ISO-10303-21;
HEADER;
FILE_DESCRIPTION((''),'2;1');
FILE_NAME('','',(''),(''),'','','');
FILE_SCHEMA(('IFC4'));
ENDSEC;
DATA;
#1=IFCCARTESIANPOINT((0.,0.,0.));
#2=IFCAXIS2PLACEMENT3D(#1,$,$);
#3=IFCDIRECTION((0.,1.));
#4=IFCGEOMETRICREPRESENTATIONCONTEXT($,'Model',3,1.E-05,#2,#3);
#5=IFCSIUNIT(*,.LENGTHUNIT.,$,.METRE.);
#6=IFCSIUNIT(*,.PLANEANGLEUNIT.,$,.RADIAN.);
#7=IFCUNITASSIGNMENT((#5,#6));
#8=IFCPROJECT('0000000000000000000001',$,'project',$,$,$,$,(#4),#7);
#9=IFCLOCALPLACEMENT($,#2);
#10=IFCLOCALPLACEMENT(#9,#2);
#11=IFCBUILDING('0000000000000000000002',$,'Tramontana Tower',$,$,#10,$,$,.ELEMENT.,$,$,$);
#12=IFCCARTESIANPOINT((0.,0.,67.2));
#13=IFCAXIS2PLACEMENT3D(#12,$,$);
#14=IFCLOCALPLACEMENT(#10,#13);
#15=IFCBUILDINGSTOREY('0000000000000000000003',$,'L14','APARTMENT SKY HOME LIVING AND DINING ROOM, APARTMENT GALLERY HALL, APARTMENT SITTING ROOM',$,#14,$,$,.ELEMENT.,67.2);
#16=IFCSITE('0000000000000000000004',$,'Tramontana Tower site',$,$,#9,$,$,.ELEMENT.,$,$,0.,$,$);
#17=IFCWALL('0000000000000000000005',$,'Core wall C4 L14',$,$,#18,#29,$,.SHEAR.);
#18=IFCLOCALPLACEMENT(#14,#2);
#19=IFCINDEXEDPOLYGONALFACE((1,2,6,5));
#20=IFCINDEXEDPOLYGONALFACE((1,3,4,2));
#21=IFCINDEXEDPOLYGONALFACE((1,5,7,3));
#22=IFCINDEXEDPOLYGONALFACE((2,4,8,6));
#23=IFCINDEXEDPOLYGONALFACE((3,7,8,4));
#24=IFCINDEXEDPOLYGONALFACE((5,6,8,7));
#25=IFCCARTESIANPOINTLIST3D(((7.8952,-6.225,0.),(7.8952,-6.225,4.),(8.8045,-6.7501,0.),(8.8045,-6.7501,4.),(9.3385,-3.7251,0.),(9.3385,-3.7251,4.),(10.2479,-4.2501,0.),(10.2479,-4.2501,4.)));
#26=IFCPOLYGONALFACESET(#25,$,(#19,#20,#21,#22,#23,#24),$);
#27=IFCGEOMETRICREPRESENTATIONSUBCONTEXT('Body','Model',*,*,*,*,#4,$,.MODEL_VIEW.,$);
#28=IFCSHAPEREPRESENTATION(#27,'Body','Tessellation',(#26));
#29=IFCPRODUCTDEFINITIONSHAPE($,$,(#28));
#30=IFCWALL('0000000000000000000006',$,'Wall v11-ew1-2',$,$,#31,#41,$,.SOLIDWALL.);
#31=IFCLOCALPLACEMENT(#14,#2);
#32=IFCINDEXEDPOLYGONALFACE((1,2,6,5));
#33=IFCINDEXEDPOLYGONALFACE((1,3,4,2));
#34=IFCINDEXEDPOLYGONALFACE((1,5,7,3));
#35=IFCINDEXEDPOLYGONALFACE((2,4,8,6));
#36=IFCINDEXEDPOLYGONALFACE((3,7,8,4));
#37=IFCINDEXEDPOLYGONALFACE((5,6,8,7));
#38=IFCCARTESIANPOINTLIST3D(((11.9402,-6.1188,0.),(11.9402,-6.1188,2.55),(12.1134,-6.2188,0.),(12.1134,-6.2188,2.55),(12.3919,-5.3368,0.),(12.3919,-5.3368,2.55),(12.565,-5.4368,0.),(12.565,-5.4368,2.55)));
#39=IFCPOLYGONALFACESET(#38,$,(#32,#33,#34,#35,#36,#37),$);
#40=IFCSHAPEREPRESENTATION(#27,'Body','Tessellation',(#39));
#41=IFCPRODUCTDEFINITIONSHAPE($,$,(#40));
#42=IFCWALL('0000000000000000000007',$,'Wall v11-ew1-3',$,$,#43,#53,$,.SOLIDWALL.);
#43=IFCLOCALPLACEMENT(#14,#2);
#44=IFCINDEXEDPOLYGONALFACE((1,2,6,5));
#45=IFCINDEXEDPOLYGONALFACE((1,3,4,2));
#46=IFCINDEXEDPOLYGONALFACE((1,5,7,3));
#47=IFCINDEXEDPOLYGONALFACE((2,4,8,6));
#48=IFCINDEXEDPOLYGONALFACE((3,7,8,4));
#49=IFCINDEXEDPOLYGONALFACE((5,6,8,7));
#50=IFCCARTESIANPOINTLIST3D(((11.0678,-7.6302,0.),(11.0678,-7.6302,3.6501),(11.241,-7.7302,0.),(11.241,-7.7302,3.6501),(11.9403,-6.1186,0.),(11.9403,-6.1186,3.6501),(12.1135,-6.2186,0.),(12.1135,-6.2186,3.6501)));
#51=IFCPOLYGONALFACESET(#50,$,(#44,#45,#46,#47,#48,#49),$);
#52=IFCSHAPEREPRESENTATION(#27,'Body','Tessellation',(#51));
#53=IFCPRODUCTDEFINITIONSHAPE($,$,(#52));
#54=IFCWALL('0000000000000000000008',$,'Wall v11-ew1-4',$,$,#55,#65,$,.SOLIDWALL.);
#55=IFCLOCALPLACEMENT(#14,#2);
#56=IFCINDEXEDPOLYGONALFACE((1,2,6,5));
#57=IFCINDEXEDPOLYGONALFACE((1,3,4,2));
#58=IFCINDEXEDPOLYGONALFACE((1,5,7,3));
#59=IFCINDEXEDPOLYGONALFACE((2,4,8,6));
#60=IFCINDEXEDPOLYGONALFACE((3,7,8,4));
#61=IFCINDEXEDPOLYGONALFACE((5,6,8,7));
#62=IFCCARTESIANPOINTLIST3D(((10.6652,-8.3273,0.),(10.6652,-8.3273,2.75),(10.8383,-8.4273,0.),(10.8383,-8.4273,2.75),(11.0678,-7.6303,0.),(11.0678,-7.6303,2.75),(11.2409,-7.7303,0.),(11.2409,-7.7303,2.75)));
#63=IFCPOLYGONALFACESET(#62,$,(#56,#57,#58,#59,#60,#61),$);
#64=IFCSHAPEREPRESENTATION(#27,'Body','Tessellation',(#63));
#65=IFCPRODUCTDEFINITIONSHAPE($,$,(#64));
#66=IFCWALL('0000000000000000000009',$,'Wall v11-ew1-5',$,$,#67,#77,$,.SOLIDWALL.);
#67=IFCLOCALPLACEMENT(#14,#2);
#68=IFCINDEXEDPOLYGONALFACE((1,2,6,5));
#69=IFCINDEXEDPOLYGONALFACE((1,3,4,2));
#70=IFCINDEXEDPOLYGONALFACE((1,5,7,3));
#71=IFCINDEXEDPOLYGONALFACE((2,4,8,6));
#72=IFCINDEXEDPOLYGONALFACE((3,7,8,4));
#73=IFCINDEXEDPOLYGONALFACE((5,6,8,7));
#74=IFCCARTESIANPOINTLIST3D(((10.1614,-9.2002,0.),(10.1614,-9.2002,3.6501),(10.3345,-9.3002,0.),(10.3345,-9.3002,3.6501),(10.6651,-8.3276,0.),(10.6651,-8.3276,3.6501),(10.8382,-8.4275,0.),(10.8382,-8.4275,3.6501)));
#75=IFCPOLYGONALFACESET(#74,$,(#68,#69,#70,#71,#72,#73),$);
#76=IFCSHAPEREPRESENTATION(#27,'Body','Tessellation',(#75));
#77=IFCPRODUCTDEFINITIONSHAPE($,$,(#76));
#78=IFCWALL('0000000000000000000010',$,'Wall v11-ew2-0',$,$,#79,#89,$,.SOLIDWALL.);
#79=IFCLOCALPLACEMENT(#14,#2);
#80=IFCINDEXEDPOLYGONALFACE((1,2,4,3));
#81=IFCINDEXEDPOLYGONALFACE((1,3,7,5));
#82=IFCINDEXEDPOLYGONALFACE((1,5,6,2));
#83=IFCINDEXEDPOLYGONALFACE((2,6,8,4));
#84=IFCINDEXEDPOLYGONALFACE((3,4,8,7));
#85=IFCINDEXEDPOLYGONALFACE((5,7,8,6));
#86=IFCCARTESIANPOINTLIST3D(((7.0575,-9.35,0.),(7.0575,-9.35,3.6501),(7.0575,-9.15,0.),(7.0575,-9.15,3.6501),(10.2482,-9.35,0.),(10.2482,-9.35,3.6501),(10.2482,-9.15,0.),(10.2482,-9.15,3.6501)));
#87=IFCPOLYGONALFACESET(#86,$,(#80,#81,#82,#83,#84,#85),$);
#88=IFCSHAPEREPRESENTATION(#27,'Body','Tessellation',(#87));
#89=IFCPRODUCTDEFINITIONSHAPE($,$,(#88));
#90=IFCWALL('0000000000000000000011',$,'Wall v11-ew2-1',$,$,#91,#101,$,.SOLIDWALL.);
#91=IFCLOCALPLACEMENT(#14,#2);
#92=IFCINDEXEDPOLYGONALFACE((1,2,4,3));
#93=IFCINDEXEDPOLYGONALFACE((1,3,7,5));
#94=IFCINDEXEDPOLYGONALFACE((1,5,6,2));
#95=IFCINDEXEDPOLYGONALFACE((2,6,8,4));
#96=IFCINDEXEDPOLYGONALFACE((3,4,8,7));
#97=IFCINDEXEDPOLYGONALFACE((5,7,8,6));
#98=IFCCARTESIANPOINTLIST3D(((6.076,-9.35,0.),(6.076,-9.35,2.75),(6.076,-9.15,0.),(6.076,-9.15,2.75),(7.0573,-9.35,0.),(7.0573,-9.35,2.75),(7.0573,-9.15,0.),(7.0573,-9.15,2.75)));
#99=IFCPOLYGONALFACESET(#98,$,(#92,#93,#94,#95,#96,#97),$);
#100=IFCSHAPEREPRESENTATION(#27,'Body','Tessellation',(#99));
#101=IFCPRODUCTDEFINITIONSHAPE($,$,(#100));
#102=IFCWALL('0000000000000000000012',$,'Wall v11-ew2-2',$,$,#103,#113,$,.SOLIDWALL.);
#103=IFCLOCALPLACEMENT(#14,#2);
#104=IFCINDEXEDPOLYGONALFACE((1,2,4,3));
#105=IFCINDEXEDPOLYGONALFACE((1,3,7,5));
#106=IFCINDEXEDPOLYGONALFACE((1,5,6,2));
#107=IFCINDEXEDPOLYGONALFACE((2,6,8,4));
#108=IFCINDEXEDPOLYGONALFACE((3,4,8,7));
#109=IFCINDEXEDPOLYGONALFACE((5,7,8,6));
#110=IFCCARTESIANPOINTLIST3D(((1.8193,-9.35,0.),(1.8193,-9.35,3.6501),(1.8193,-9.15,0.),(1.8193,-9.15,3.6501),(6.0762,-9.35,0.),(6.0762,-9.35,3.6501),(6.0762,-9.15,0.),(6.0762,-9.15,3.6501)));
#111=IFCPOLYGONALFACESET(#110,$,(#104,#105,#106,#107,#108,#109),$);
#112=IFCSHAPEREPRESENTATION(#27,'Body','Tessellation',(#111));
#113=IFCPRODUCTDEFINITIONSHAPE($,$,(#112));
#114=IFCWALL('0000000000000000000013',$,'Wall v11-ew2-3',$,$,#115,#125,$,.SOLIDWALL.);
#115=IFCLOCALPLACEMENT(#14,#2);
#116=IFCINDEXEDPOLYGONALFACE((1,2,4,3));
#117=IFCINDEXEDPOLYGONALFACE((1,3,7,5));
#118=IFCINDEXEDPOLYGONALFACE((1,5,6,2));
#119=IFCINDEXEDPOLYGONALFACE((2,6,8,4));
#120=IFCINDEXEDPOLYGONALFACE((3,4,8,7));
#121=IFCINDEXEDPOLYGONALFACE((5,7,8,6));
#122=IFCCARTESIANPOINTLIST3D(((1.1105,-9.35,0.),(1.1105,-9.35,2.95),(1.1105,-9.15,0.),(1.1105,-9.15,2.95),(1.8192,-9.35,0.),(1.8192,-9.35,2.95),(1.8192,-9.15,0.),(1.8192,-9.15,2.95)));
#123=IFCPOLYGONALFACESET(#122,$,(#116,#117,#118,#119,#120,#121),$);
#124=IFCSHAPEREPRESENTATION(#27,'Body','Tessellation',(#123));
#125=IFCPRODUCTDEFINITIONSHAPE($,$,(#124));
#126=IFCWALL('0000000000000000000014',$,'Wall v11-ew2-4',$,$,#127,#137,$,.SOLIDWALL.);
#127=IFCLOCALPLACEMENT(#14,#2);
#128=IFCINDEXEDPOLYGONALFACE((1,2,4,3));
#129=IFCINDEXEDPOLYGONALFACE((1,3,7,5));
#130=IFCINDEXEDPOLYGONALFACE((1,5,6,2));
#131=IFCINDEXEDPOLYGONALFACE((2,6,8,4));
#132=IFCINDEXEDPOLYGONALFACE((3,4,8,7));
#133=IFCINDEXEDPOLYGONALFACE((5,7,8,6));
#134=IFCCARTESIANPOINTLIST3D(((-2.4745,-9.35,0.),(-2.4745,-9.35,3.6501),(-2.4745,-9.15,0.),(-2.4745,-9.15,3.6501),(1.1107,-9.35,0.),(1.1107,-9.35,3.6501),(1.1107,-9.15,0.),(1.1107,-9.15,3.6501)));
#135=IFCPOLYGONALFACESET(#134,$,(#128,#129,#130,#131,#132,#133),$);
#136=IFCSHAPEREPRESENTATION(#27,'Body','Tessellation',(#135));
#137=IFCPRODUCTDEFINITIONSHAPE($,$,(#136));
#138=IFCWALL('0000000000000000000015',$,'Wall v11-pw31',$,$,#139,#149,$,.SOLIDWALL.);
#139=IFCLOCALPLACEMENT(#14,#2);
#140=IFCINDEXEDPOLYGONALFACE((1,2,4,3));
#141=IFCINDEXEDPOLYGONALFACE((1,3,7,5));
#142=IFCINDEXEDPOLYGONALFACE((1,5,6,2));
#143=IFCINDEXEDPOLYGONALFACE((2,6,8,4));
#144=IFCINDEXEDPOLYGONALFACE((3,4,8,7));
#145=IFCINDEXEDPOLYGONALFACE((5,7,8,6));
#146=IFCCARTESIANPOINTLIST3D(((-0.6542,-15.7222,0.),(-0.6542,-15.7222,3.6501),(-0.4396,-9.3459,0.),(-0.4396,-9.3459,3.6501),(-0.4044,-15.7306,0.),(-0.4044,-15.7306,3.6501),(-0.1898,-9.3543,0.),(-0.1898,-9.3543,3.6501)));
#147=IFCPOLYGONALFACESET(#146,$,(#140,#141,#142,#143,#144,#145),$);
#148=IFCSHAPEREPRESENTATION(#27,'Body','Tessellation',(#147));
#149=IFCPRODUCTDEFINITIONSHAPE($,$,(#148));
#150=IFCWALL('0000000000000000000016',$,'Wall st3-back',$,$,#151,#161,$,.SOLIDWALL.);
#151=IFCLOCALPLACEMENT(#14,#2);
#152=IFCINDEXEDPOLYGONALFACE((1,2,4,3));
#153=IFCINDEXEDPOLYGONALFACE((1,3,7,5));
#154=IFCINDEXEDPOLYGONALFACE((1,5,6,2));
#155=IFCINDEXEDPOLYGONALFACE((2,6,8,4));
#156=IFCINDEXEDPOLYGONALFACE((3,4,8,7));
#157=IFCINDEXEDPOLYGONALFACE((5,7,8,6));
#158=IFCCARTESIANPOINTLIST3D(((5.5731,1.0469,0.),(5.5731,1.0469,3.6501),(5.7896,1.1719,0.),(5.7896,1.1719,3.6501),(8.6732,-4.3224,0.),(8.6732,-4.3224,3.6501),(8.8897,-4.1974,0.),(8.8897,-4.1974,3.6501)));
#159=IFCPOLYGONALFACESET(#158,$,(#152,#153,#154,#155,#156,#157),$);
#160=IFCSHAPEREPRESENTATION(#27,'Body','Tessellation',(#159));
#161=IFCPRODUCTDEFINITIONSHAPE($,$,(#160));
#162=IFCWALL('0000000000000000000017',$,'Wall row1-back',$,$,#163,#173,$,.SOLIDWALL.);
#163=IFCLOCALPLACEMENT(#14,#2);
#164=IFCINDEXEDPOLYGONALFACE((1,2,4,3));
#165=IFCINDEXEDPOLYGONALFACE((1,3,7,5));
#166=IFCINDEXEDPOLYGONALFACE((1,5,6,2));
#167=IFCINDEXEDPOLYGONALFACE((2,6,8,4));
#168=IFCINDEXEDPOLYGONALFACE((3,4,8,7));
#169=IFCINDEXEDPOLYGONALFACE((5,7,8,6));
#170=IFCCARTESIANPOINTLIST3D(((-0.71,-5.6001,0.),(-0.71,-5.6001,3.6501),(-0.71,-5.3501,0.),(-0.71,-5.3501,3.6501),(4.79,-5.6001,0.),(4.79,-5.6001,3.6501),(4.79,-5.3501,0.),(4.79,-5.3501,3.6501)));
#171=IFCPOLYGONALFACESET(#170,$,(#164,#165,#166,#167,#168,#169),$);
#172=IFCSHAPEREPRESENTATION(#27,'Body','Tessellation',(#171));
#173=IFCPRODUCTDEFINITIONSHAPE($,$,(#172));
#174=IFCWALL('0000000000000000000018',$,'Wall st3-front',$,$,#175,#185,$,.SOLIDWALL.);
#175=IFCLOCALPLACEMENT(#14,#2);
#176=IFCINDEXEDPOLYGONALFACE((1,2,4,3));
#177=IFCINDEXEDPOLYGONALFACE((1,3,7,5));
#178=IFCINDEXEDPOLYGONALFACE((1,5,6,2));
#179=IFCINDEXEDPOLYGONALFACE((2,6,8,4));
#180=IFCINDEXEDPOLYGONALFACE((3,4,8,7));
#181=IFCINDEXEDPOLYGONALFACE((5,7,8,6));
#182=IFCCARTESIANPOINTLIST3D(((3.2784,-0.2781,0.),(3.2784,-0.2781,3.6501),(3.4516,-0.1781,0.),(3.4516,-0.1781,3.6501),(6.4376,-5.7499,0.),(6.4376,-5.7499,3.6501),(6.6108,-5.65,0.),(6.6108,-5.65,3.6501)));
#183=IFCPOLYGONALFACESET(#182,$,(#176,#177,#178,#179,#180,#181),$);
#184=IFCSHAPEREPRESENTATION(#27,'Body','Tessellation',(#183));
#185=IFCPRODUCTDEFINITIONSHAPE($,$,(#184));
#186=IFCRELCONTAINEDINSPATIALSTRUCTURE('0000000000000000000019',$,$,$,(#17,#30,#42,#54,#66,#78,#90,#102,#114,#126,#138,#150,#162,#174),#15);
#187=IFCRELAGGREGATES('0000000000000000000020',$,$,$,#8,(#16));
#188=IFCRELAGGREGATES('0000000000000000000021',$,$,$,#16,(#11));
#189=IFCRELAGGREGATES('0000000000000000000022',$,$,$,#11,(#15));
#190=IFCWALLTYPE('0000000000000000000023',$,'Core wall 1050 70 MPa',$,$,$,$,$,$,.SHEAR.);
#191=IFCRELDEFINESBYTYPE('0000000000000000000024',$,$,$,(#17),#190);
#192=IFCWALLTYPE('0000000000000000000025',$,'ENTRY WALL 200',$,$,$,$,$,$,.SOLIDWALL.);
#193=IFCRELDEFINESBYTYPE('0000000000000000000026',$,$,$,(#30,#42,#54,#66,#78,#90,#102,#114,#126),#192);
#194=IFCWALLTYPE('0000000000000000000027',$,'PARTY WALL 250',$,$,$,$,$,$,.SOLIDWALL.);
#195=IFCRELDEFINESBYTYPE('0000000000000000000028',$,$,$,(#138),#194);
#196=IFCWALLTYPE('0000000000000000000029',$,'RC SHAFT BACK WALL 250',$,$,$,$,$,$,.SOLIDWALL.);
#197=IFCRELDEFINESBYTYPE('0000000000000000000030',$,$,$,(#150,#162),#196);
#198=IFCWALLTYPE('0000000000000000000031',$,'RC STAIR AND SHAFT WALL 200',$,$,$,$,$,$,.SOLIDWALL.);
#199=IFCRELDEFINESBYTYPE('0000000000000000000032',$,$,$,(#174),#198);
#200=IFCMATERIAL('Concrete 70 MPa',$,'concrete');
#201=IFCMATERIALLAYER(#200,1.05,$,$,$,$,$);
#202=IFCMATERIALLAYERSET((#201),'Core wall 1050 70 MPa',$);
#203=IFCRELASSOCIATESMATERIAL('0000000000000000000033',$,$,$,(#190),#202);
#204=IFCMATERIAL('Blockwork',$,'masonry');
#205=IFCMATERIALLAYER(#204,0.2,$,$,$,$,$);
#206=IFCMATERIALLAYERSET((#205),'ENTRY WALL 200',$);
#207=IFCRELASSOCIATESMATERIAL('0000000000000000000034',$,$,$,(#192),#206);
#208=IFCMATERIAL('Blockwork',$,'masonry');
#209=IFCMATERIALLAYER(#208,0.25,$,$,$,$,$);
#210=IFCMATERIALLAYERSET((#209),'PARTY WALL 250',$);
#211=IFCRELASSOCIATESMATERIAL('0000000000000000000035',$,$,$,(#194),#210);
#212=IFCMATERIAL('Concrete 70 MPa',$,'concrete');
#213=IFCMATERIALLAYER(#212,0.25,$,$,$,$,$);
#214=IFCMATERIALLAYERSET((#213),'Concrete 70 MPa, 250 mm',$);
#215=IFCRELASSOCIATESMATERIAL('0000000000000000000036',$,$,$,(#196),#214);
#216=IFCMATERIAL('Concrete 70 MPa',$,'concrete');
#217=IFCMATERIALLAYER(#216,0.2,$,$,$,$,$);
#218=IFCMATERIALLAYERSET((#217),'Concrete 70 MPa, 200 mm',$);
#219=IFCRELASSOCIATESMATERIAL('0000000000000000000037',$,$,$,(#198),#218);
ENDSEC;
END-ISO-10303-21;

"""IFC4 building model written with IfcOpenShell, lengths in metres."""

from ifc_helpers import new_model, si_unit, direction, frame, frame_2d, origin, place, context, subcontext, project, spatial, rectangle, extrude, material, layer, layer_set, type_object, element, save


model = new_model("IFC4")

# Units and contexts
model_context = context("Model", 3, precision=1e-05, world=origin(), true_north=direction((0.0, 1.0)))
body_context = subcontext(model_context, "Body", "Model", "MODEL_VIEW")
ifc_project = project(units=[si_unit("LENGTHUNIT", "METRE"), si_unit("PLANEANGLEUNIT", "RADIAN")], contexts=[model_context])

# Site, building, storey
site_placement = place(None, origin())
site = spatial("IfcSite", under=ifc_project, at=site_placement, Name="Tramontana Tower site", CompositionType="ELEMENT", RefElevation=0.0)
building_placement = place(site_placement, origin())
building = spatial("IfcBuilding", under=site, at=building_placement, Name="Tramontana Tower", CompositionType="ELEMENT")
storey_placement = place(building_placement, frame((0.0, 0.0, 67.2)))
storey = spatial("IfcBuildingStorey", under=building, at=storey_placement, Name="L14", Description="APARTMENT SKY HOME LIVING AND DINING ROOM, APARTMENT GALLERY HALL, APARTMENT SITTING ROOM", CompositionType="ELEMENT", Elevation=67.2)

# Wall
ifc_material_1 = material(Name="Concrete 70 MPa", Category="concrete")
ifc_layer_1 = layer(ifc_material_1, 1.05)
ifc_layer_set_1 = layer_set([ifc_layer_1], Name="Core wall 1050 70 MPa")
wall_type_1 = type_object("IfcWallType", Name="Core wall 1050 70 MPa", PredefinedType="SHEAR", material=ifc_layer_set_1)
wall_1_placement = place(storey_placement, frame((8.3499, -6.4875, 0.0), z_axis=(0.0, 0.0, 1.0), x_axis=(0.499996, 0.866028, 0.0)))
element("IfcWall", 1, at=wall_1_placement, inside=storey, type_object=wall_type_1, Name="Core wall C4 L14", PredefinedType="SHEAR", context=body_context, shape_type="SweptSolid", body=[
    extrude(rectangle(XDim=2.8867, YDim=1.05, at=frame_2d((1.4434, 0.0))), origin(), (0.0, 0.0, 1.0), 4.0),
])

# Shared definitions
ifc_material_2 = material(Name="Blockwork", Category="masonry")
ifc_layer_2 = layer(ifc_material_2, 0.2)
ifc_layer_set_2 = layer_set([ifc_layer_2], Name="ENTRY WALL 200")
wall_type_2 = type_object("IfcWallType", Name="ENTRY WALL 200", PredefinedType="SOLIDWALL", material=ifc_layer_set_2)

# Walls
wall_2_placement = place(storey_placement, frame((12.4785, -5.3867, 0.0), z_axis=(0.0, 0.0, 1.0), x_axis=(-0.500151, -0.865938, 0.0)))
element("IfcWall", 2, at=wall_2_placement, inside=storey, type_object=wall_type_2, Name="Wall v11-ew1-2", PredefinedType="SOLIDWALL", context=body_context, shape_type="SweptSolid", body=[
    extrude(rectangle(XDim=0.9031, YDim=0.2, at=frame_2d((0.4517, 0.0))), origin(), (0.0, 0.0, 1.0), 2.55),
])
wall_3_placement = place(storey_placement, frame((12.0269, -6.1687, 0.0), z_axis=(0.0, 0.0, 1.0), x_axis=(-0.4999, -0.866083, 0.0)))
element("IfcWall", 3, at=wall_3_placement, inside=storey, type_object=wall_type_2, Name="Wall v11-ew1-3", PredefinedType="SOLIDWALL", context=body_context, shape_type="SweptSolid", body=[
    extrude(rectangle(XDim=1.7454, YDim=0.2, at=frame_2d((0.8726, 0.0))), origin(), (0.0, 0.0, 1.0), 3.6501),
])
wall_4_placement = place(storey_placement, frame((11.1543, -7.6804, 0.0), z_axis=(0.0, 0.0, 1.0), x_axis=(-0.500151, -0.865938, 0.0)))
element("IfcWall", 4, at=wall_4_placement, inside=storey, type_object=wall_type_2, Name="Wall v11-ew1-4", PredefinedType="SOLIDWALL", context=body_context, shape_type="SweptSolid", body=[
    extrude(rectangle(XDim=0.8049, YDim=0.2, at=frame_2d((0.4023, 0.0))), origin(), (0.0, 0.0, 1.0), 2.75),
])
wall_5_placement = place(storey_placement, frame((10.7517, -8.3774, 0.0), z_axis=(0.0, 0.0, 1.0), x_axis=(-0.499918, -0.866073, 0.0)))
element("IfcWall", 5, at=wall_5_placement, inside=storey, type_object=wall_type_2, Name="Wall v11-ew1-5", PredefinedType="SOLIDWALL", context=body_context, shape_type="SweptSolid", body=[
    extrude(rectangle(XDim=1.0076, YDim=0.2, at=frame_2d((0.5039, 0.0))), origin(), (0.0, 0.0, 1.0), 3.6501),
])
wall_6_placement = place(storey_placement, frame((10.248, -9.25, 0.0), z_axis=(0.0, 0.0, 1.0), x_axis=(-1.0, 0.0, 0.0)))
element("IfcWall", 6, at=wall_6_placement, inside=storey, type_object=wall_type_2, Name="Wall v11-ew2-0", PredefinedType="SOLIDWALL", context=body_context, shape_type="SweptSolid", body=[
    extrude(rectangle(XDim=3.1907, YDim=0.2, at=frame_2d((1.5952, 0.0))), origin(), (0.0, 0.0, 1.0), 3.6501),
])
wall_7_placement = place(storey_placement, frame((7.0574, -9.25, 0.0), z_axis=(0.0, 0.0, 1.0), x_axis=(-1.0, 0.0, 0.0)))
element("IfcWall", 7, at=wall_7_placement, inside=storey, type_object=wall_type_2, Name="Wall v11-ew2-1", PredefinedType="SOLIDWALL", context=body_context, shape_type="SweptSolid", body=[
    extrude(rectangle(XDim=0.9812, YDim=0.2, at=frame_2d((0.4907, 0.0))), origin(), (0.0, 0.0, 1.0), 2.75),
])
wall_8_placement = place(storey_placement, frame((6.0762, -9.25, 0.0), z_axis=(0.0, 0.0, 1.0), x_axis=(-1.0, 0.0, 0.0)))
element("IfcWall", 8, at=wall_8_placement, inside=storey, type_object=wall_type_2, Name="Wall v11-ew2-2", PredefinedType="SOLIDWALL", context=body_context, shape_type="SweptSolid", body=[
    extrude(rectangle(XDim=4.2568, YDim=0.2, at=frame_2d((2.1284, 0.0))), origin(), (0.0, 0.0, 1.0), 3.6501),
])
wall_9_placement = place(storey_placement, frame((1.8193, -9.25, 0.0), z_axis=(0.0, 0.0, 1.0), x_axis=(-1.0, 0.0, 0.0)))
element("IfcWall", 9, at=wall_9_placement, inside=storey, type_object=wall_type_2, Name="Wall v11-ew2-3", PredefinedType="SOLIDWALL", context=body_context, shape_type="SweptSolid", body=[
    extrude(rectangle(XDim=0.7087, YDim=0.2, at=frame_2d((0.3545, 0.0))), origin(), (0.0, 0.0, 1.0), 2.95),
])
wall_10_placement = place(storey_placement, frame((1.1106, -9.25, 0.0), z_axis=(0.0, 0.0, 1.0), x_axis=(-1.0, 0.0, 0.0)))
element("IfcWall", 10, at=wall_10_placement, inside=storey, type_object=wall_type_2, Name="Wall v11-ew2-4", PredefinedType="SOLIDWALL", context=body_context, shape_type="SweptSolid", body=[
    extrude(rectangle(XDim=3.5852, YDim=0.2, at=frame_2d((1.7925, 0.0))), origin(), (0.0, 0.0, 1.0), 3.6501),
])
ifc_material_3 = material(Name="Blockwork", Category="masonry")
ifc_layer_3 = layer(ifc_material_3, 0.25)
ifc_layer_set_3 = layer_set([ifc_layer_3], Name="PARTY WALL 250")
wall_type_3 = type_object("IfcWallType", Name="PARTY WALL 250", PredefinedType="SOLIDWALL", material=ifc_layer_set_3)
wall_11_placement = place(storey_placement, frame((-0.3147, -9.3501, 0.0), z_axis=(0.0, 0.0, 1.0), x_axis=(-0.033637, -0.999434, 0.0)))
element("IfcWall", 11, at=wall_11_placement, inside=storey, type_object=wall_type_3, Name="Wall v11-pw31", PredefinedType="SOLIDWALL", context=body_context, shape_type="SweptSolid", body=[
    extrude(rectangle(XDim=6.3799, YDim=0.25, at=frame_2d((3.1899, 0.0))), origin(), (0.0, 0.0, 1.0), 3.6501),
])
ifc_material_4 = material(Name="Concrete 70 MPa", Category="concrete")
ifc_layer_4 = layer(ifc_material_4, 0.25)
ifc_layer_set_4 = layer_set([ifc_layer_4], Name="Concrete 70 MPa, 250 mm")
wall_type_4 = type_object("IfcWallType", Name="RC SHAFT BACK WALL 250", PredefinedType="SOLIDWALL", material=ifc_layer_set_4)
wall_12_placement = place(storey_placement, frame((8.7815, -4.26, 0.0), z_axis=(0.0, 0.0, 1.0), x_axis=(-0.50001, 0.86602, 0.0)))
element("IfcWall", 12, at=wall_12_placement, inside=storey, type_object=wall_type_4, Name="Wall st3-back", PredefinedType="SOLIDWALL", context=body_context, shape_type="SweptSolid", body=[
    extrude(rectangle(XDim=6.2, YDim=0.25, at=frame_2d((3.1001, 0.0))), origin(), (0.0, 0.0, 1.0), 3.6501),
])
wall_13_placement = place(storey_placement, frame((-0.71, -5.4751, 0.0), z_axis=(0.0, 0.0, 1.0), x_axis=(1.0, 0.0, 0.0)))
element("IfcWall", 13, at=wall_13_placement, inside=storey, type_object=wall_type_4, Name="Wall row1-back", PredefinedType="SOLIDWALL", context=body_context, shape_type="SweptSolid", body=[
    extrude(rectangle(XDim=5.5, YDim=0.25, at=frame_2d((2.75, 0.0))), origin(), (0.0, 0.0, 1.0), 3.6501),
])
ifc_material_5 = material(Name="Concrete 70 MPa", Category="concrete")
ifc_layer_5 = layer(ifc_material_5, 0.2)
ifc_layer_set_5 = layer_set([ifc_layer_5], Name="Concrete 70 MPa, 200 mm")
wall_type_5 = type_object("IfcWallType", Name="RC STAIR AND SHAFT WALL 200", PredefinedType="SOLIDWALL", material=ifc_layer_set_5)
wall_14_placement = place(storey_placement, frame((6.5242, -5.7, 0.0), z_axis=(0.0, 0.0, 1.0), x_axis=(-0.499996, 0.866028, 0.0)))
element("IfcWall", 14, at=wall_14_placement, inside=storey, type_object=wall_type_5, Name="Wall st3-front", PredefinedType="SOLIDWALL", context=body_context, shape_type="SweptSolid", body=[
    extrude(rectangle(XDim=6.3184, YDim=0.2, at=frame_2d((3.1592, 0.0))), origin(), (0.0, 0.0, 1.0), 3.6501),
])

save(model, "model.ifc")
